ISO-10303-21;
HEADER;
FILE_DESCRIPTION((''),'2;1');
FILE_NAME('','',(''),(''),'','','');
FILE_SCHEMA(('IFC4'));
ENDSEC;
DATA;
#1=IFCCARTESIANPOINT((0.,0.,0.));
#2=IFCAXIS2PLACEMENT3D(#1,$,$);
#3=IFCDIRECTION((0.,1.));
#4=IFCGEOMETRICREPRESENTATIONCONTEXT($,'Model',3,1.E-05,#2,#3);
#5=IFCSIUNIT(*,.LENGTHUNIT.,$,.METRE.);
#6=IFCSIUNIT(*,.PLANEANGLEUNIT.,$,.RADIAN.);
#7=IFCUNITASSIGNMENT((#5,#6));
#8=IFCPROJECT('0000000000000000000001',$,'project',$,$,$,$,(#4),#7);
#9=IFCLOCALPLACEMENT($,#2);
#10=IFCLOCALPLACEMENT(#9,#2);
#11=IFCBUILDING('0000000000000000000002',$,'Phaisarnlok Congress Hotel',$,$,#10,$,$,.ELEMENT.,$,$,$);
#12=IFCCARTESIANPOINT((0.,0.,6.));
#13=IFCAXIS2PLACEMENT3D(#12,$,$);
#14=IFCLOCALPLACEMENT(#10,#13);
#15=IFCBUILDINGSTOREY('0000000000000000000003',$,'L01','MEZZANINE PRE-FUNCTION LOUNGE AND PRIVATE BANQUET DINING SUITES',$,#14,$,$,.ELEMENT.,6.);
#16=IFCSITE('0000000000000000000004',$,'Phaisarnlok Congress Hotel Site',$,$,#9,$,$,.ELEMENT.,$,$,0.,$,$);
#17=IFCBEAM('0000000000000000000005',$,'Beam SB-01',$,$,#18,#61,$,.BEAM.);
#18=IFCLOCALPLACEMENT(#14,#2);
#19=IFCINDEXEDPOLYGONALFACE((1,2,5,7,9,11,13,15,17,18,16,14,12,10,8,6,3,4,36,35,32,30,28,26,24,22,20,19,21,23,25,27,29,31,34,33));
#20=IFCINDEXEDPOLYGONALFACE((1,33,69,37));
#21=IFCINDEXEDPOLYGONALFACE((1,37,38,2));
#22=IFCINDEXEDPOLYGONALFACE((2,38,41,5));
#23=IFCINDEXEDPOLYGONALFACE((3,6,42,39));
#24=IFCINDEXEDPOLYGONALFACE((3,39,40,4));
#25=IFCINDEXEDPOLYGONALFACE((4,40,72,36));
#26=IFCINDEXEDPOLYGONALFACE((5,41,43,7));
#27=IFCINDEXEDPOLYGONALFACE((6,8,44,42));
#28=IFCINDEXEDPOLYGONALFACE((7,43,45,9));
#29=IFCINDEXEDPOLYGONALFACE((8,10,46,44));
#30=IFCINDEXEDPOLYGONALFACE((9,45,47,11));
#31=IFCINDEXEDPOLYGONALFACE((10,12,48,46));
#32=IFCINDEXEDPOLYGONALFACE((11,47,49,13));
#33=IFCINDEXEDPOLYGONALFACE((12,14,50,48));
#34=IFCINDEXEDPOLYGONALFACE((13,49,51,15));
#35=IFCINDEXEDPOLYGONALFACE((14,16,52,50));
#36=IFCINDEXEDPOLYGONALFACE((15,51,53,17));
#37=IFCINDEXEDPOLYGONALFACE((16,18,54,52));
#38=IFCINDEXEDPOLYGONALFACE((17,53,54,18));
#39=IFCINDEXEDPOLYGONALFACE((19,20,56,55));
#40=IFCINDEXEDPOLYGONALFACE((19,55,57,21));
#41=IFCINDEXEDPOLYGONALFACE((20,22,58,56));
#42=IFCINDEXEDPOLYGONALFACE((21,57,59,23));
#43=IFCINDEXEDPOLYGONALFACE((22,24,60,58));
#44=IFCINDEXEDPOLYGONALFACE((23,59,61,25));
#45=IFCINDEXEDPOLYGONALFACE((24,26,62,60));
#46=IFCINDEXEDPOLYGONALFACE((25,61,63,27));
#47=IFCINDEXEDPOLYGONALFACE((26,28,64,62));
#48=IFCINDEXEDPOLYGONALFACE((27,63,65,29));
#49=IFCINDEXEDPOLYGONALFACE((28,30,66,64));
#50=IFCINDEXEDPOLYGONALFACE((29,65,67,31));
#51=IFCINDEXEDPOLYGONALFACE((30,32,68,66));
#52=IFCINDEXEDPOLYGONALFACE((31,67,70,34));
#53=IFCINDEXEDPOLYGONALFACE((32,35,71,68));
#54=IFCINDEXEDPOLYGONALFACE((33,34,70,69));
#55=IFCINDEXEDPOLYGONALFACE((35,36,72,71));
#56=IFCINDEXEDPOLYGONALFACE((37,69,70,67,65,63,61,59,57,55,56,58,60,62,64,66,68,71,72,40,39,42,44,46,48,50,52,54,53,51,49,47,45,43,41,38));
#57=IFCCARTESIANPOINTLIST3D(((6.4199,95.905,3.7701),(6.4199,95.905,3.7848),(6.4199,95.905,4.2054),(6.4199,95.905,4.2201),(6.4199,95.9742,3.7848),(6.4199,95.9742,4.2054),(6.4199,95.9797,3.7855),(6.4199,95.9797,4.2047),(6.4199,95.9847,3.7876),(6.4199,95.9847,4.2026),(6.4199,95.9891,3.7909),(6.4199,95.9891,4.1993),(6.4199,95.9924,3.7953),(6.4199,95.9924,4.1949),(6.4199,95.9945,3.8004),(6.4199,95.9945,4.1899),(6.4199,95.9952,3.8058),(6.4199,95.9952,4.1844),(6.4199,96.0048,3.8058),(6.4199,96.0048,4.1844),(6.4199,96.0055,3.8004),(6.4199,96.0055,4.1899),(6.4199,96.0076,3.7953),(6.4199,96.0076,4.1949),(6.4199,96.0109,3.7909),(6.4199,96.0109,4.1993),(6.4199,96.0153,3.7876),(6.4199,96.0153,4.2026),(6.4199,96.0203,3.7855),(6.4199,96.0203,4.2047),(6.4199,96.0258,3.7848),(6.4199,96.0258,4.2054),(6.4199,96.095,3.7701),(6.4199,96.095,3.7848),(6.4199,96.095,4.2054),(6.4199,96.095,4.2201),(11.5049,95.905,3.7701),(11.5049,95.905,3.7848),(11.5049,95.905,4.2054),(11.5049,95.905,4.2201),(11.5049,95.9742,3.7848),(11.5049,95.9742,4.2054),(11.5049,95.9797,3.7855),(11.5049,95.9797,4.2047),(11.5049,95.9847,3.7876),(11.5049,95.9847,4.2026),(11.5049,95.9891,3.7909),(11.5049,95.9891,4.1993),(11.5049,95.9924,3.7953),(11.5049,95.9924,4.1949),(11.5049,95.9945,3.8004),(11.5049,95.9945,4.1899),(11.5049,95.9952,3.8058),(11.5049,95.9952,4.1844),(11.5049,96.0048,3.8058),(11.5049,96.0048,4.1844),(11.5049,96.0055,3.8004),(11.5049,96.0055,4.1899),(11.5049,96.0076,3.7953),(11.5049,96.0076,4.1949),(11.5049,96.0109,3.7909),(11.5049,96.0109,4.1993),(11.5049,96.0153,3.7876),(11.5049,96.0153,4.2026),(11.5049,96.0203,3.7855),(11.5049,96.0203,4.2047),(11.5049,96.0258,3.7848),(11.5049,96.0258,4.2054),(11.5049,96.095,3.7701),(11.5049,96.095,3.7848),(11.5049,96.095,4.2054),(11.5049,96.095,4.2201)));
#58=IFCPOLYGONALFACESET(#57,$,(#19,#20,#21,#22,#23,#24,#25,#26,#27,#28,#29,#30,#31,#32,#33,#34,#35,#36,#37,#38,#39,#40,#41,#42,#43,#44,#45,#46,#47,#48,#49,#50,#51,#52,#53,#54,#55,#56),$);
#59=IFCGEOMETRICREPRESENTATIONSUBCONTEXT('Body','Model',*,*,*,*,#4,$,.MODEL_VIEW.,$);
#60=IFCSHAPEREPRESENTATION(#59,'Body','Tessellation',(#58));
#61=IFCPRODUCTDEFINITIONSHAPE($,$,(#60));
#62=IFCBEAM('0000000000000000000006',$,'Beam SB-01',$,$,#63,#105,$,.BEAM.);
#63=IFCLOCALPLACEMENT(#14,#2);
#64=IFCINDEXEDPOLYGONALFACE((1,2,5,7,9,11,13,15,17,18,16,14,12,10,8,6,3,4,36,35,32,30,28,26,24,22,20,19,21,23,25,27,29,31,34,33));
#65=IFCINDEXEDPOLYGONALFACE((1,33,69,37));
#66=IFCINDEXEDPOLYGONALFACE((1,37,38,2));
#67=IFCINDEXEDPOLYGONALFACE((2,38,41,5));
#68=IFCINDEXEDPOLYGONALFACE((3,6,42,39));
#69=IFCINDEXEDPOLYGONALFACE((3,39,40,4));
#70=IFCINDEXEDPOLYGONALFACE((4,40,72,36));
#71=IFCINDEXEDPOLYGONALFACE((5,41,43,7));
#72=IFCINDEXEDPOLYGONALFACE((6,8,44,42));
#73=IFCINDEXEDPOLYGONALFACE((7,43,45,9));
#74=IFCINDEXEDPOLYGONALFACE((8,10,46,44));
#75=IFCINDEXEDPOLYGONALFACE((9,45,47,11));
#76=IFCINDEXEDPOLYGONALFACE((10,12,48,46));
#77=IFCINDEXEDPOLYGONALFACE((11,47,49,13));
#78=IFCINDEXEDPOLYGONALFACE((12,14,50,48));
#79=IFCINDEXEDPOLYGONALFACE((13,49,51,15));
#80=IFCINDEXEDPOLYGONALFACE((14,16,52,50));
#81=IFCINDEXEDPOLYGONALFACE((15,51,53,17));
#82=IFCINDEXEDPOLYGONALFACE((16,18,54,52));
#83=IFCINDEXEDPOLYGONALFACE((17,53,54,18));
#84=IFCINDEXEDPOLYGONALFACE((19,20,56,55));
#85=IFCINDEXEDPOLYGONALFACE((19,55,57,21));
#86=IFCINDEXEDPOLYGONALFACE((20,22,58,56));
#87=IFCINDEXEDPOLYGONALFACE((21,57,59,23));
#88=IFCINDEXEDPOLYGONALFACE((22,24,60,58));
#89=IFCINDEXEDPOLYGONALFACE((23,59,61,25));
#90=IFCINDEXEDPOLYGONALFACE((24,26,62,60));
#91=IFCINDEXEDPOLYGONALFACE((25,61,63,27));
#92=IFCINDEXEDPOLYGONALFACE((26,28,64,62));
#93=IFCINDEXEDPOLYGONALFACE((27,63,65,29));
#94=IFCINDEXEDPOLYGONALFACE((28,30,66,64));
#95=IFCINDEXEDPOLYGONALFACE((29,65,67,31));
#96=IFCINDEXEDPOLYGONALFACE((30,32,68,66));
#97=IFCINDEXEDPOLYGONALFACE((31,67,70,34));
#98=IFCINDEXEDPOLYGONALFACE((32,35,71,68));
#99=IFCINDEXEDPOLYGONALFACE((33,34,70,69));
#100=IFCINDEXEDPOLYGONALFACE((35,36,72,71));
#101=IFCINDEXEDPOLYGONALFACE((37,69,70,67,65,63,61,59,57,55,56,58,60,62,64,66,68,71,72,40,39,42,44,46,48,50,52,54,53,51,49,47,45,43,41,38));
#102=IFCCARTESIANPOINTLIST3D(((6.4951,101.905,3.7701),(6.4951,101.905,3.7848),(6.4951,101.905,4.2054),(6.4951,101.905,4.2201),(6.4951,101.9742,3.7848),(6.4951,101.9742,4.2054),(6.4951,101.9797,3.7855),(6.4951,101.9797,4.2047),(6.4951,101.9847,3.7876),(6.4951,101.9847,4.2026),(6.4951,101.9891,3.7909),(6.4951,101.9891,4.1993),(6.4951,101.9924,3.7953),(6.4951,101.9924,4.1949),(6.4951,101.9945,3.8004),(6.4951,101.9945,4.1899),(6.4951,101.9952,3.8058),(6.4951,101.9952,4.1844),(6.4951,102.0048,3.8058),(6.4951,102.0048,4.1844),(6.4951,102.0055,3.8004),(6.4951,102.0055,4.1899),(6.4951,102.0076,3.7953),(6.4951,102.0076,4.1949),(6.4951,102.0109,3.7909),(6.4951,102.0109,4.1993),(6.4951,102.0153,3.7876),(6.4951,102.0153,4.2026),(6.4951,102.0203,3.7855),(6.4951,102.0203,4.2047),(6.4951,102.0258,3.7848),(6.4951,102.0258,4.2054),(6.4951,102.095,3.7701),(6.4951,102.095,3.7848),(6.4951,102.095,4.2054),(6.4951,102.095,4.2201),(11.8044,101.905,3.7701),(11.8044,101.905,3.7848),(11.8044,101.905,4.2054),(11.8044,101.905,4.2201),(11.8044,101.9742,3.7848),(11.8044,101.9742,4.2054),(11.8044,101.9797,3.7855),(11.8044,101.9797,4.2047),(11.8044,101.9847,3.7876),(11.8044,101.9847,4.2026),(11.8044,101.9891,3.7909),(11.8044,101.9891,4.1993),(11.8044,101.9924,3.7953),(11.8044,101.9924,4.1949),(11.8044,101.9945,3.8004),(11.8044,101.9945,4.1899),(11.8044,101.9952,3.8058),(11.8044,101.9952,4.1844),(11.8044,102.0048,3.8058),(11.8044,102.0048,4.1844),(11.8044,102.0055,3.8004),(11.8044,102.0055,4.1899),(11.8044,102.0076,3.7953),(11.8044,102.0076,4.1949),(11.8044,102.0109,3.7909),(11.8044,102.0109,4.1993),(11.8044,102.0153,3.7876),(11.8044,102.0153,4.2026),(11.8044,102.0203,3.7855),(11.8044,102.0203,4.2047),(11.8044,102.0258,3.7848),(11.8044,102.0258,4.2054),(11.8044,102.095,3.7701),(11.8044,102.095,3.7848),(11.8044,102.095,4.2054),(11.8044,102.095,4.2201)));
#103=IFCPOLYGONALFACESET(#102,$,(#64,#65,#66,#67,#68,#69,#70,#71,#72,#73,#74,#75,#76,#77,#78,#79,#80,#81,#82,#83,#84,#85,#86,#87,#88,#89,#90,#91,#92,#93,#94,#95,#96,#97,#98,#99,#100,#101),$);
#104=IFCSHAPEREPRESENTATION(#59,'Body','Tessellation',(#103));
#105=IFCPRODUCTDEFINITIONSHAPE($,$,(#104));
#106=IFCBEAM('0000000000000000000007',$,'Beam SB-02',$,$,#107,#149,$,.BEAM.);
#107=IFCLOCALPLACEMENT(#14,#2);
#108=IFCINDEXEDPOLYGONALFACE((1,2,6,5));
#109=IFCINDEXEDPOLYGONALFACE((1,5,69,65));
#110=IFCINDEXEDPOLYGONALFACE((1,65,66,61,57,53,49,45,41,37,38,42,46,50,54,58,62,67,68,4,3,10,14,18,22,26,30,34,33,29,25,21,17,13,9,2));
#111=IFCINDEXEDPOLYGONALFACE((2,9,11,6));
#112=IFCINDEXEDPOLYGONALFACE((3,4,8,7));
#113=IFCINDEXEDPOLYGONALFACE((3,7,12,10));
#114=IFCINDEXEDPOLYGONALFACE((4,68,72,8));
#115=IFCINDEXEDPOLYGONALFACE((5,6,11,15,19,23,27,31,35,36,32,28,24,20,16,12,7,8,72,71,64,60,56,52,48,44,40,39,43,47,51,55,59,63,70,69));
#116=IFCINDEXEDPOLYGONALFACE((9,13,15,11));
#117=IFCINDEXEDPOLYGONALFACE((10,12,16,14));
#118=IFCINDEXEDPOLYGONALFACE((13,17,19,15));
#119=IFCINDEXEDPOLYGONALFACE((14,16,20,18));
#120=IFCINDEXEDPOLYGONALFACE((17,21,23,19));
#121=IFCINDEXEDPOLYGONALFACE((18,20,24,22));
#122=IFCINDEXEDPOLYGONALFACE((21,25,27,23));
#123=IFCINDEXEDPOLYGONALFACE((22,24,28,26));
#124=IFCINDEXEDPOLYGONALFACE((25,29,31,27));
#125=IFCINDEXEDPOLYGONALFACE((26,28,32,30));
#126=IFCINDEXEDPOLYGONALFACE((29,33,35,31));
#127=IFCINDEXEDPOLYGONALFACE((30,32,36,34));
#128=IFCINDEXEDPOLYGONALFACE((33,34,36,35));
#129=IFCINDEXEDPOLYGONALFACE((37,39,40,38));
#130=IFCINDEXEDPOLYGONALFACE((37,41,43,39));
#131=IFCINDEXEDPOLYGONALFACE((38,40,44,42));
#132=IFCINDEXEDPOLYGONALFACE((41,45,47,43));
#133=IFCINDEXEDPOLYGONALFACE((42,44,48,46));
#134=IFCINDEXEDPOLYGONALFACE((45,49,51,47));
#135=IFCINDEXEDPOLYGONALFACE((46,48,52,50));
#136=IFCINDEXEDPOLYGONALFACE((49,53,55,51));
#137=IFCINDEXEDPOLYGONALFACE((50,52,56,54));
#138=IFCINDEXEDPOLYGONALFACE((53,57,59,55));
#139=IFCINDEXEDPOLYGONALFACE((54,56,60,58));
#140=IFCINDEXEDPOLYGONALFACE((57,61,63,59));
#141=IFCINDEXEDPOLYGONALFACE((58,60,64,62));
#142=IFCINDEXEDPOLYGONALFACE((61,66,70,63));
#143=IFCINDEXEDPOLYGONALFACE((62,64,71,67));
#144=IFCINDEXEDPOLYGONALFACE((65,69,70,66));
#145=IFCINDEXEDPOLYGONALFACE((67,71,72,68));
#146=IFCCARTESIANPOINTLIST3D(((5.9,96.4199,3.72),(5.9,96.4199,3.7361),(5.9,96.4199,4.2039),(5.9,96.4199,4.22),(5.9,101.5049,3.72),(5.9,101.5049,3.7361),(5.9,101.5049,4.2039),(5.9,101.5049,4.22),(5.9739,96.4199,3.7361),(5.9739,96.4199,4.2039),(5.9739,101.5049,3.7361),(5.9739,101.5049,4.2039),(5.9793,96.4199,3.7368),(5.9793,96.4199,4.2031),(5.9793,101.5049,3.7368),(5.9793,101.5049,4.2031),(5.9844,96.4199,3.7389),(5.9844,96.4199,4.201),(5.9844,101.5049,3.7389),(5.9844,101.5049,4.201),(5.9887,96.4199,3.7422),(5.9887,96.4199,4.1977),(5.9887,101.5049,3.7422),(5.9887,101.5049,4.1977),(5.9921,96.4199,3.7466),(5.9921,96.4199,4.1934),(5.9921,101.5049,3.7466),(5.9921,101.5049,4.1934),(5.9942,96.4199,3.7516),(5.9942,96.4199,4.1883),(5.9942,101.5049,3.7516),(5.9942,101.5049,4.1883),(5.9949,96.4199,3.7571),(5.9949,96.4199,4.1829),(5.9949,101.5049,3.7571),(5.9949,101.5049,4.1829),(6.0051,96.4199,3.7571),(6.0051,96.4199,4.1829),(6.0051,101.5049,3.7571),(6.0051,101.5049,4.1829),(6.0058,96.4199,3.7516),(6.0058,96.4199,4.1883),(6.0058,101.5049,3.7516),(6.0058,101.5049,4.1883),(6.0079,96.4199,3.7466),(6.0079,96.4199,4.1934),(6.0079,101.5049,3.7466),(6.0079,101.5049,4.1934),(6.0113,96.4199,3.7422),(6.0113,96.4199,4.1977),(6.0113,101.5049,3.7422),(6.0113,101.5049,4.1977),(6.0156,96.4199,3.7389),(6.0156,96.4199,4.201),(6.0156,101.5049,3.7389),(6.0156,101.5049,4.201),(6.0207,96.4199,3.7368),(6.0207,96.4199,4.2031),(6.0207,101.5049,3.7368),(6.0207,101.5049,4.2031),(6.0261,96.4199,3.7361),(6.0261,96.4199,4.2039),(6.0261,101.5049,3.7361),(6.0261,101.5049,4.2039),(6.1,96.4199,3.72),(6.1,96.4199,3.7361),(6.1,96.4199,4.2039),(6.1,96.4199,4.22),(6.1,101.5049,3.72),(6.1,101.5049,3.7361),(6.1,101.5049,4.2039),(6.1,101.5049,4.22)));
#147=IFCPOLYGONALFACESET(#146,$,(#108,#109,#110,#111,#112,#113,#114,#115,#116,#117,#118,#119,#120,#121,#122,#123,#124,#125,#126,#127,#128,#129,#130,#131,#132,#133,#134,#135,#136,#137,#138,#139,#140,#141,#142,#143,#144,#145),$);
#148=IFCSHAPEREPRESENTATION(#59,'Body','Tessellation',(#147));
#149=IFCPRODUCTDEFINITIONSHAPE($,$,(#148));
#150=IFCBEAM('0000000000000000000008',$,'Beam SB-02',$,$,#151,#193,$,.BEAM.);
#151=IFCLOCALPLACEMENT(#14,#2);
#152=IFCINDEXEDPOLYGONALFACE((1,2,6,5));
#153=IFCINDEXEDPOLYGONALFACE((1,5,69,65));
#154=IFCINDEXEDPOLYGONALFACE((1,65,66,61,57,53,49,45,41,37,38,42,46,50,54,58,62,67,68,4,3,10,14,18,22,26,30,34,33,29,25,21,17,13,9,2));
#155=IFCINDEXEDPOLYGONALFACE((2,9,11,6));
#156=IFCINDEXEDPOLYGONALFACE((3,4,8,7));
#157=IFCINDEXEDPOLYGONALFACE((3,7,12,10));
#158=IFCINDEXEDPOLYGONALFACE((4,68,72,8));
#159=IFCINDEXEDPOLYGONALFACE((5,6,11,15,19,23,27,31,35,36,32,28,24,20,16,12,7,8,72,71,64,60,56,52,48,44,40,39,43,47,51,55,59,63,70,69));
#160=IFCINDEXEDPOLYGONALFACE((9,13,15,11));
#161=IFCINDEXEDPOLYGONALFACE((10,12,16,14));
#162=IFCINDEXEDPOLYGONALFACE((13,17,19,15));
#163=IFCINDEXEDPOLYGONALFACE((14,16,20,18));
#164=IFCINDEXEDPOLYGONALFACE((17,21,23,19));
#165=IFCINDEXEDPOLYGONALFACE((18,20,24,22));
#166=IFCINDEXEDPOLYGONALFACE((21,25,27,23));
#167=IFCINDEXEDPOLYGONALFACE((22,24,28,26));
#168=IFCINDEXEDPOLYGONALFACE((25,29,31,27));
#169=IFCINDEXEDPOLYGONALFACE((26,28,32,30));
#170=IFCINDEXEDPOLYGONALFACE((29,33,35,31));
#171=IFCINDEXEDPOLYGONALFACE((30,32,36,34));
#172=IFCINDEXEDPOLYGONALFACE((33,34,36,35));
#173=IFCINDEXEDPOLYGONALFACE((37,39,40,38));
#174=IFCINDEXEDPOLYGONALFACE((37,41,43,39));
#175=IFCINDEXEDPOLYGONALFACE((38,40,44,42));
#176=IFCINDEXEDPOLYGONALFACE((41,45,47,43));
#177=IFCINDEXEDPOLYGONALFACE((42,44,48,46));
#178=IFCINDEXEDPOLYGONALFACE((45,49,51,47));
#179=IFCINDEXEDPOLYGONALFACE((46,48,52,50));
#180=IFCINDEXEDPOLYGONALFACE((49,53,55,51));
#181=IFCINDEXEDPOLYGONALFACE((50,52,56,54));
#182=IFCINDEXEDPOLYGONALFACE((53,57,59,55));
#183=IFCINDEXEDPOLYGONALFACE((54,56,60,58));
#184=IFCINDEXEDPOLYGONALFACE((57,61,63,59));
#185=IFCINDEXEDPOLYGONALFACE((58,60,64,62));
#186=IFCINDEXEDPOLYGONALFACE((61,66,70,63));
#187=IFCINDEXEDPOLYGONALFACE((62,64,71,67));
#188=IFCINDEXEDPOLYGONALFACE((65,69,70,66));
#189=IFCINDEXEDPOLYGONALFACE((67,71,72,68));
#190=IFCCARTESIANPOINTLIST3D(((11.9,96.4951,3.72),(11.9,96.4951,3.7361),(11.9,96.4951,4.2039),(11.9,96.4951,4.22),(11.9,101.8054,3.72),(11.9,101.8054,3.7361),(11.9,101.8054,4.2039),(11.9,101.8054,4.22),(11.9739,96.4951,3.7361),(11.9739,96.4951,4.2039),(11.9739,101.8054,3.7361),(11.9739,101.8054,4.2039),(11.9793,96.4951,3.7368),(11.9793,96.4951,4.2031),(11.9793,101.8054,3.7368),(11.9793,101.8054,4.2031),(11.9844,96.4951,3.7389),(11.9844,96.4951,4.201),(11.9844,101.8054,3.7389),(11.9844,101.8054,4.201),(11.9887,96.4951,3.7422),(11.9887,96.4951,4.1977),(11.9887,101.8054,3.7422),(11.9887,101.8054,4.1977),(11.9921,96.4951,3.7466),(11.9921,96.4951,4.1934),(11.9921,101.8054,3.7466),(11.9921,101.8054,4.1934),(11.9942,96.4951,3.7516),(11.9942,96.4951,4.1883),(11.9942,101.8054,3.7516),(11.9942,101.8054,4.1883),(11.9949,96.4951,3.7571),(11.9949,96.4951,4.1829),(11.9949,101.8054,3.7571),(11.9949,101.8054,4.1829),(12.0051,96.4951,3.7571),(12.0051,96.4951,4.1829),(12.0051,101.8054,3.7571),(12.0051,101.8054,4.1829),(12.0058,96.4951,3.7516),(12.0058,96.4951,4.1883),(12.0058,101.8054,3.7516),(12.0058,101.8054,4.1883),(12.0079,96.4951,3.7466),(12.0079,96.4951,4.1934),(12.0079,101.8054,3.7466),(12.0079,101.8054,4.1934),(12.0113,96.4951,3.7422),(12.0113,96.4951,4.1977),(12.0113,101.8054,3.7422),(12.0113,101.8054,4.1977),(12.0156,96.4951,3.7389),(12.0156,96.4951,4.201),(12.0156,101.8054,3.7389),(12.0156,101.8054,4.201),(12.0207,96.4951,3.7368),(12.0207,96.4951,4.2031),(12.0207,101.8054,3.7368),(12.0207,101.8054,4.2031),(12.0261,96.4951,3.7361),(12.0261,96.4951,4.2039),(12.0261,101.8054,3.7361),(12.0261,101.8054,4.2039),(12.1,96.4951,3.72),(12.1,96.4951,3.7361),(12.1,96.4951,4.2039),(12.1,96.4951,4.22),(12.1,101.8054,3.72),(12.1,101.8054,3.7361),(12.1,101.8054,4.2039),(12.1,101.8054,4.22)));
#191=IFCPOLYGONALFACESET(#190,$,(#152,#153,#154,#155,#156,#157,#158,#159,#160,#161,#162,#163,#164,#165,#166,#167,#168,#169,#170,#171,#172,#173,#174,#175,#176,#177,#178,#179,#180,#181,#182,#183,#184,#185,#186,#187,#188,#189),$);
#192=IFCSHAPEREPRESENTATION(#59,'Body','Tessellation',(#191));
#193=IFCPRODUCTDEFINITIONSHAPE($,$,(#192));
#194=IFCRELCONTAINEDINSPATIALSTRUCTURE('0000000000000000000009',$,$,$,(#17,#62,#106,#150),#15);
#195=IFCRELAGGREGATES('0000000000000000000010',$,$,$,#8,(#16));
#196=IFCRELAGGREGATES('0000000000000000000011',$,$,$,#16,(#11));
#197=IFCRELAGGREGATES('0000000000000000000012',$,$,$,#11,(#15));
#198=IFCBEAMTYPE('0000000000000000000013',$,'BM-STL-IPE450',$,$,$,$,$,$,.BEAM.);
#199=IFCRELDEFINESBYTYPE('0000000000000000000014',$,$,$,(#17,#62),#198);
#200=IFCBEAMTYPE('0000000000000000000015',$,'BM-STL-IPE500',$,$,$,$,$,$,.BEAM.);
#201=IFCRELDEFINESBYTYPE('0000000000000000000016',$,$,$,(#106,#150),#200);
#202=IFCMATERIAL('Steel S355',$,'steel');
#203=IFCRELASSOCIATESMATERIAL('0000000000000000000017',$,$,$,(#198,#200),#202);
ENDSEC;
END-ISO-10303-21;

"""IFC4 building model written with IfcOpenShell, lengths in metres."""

from ifc_helpers import new_model, si_unit, direction, frame, origin, origin_2d, place, context, subcontext, project, spatial, i_section, extrude, material, material_profile, profile_set, type_object, element, save


model = new_model("IFC4")

# Units and contexts
model_context = context("Model", 3, precision=1e-05, world=origin(), true_north=direction((0.0, 1.0)))
body_context = subcontext(model_context, "Body", "Model", "MODEL_VIEW")
ifc_project = project(units=[si_unit("LENGTHUNIT", "METRE"), si_unit("PLANEANGLEUNIT", "RADIAN")], contexts=[model_context])

# Site, building, storey
site_placement = place(None, origin())
site = spatial("IfcSite", under=ifc_project, at=site_placement, Name="Phaisarnlok Congress Hotel Site", CompositionType="ELEMENT", RefElevation=0.0)
building_placement = place(site_placement, origin())
building = spatial("IfcBuilding", under=site, at=building_placement, Name="Phaisarnlok Congress Hotel", CompositionType="ELEMENT")
storey_placement = place(building_placement, frame((0.0, 0.0, 6.0)))
storey = spatial("IfcBuildingStorey", under=building, at=storey_placement, Name="L01", Description="MEZZANINE PRE-FUNCTION LOUNGE AND PRIVATE BANQUET DINING SUITES", CompositionType="ELEMENT", Elevation=6.0)

# Shared definitions
ifc_material_1 = material(Name="Steel S355", Category="steel")

# Beams
ifc_material_profile_1 = material_profile(ifc_material_1, i_section(OverallWidth=0.1899, OverallDepth=0.45, WebThickness=0.0095, FlangeThickness=0.0146, FilletRadius=0.021, at=origin_2d()), Name="IPE 450")
ifc_profile_set_1 = profile_set([ifc_material_profile_1], Name="Steel S355")
beam_type_1 = type_object("IfcBeamType", Name="BM-STL-IPE450", PredefinedType="BEAM", material=ifc_profile_set_1)
beam_1_placement = place(storey_placement, frame((6.4199, 96.0, 3.9951), z_axis=(1.0, 0.0, 0.0), x_axis=(0.0, 1.0, 0.0)))
element("IfcBeam", 1, at=beam_1_placement, inside=storey, type_object=beam_type_1, Name="Beam SB-01", PredefinedType="BEAM", context=body_context, shape_type="SweptSolid", body=[
    extrude(i_section(OverallWidth=0.1899, OverallDepth=0.45, WebThickness=0.0095, FlangeThickness=0.0146, FilletRadius=0.021, at=origin_2d()), origin(), (0.0, 0.0, 1.0), 5.085),
])
beam_2_placement = place(storey_placement, frame((6.4951, 102.0, 3.9951), z_axis=(1.0, 0.0, 0.0), x_axis=(0.0, 1.0, 0.0)))
element("IfcBeam", 2, at=beam_2_placement, inside=storey, type_object=beam_type_1, Name="Beam SB-01", PredefinedType="BEAM", context=body_context, shape_type="SweptSolid", body=[
    extrude(i_section(OverallWidth=0.1899, OverallDepth=0.45, WebThickness=0.0095, FlangeThickness=0.0146, FilletRadius=0.021, at=origin_2d()), origin(), (0.0, 0.0, 1.0), 5.3093),
])
ifc_material_profile_2 = material_profile(ifc_material_1, i_section(OverallWidth=0.2, OverallDepth=0.5, WebThickness=0.0103, FlangeThickness=0.0161, FilletRadius=0.021, at=origin_2d()), Name="IPE 500")
ifc_profile_set_2 = profile_set([ifc_material_profile_2], Name="Steel S355")
beam_type_2 = type_object("IfcBeamType", Name="BM-STL-IPE500", PredefinedType="BEAM", material=ifc_profile_set_2)
beam_3_placement = place(storey_placement, frame((6.0, 96.4199, 3.97), z_axis=(0.0, 1.0, 0.0), x_axis=(-1.0, 0.0, 0.0)))
element("IfcBeam", 3, at=beam_3_placement, inside=storey, type_object=beam_type_2, Name="Beam SB-02", PredefinedType="BEAM", context=body_context, shape_type="SweptSolid", body=[
    extrude(i_section(OverallWidth=0.2, OverallDepth=0.5, WebThickness=0.0103, FlangeThickness=0.0161, FilletRadius=0.021, at=origin_2d()), origin(), (0.0, 0.0, 1.0), 5.085),
])
beam_4_placement = place(storey_placement, frame((12.0, 96.4951, 3.97), z_axis=(0.0, 1.0, 0.0), x_axis=(-1.0, 0.0, 0.0)))
element("IfcBeam", 4, at=beam_4_placement, inside=storey, type_object=beam_type_2, Name="Beam SB-02", PredefinedType="BEAM", context=body_context, shape_type="SweptSolid", body=[
    extrude(i_section(OverallWidth=0.2, OverallDepth=0.5, WebThickness=0.0103, FlangeThickness=0.0161, FilletRadius=0.021, at=origin_2d()), origin(), (0.0, 0.0, 1.0), 5.3103),
])

save(model, "model.ifc")
